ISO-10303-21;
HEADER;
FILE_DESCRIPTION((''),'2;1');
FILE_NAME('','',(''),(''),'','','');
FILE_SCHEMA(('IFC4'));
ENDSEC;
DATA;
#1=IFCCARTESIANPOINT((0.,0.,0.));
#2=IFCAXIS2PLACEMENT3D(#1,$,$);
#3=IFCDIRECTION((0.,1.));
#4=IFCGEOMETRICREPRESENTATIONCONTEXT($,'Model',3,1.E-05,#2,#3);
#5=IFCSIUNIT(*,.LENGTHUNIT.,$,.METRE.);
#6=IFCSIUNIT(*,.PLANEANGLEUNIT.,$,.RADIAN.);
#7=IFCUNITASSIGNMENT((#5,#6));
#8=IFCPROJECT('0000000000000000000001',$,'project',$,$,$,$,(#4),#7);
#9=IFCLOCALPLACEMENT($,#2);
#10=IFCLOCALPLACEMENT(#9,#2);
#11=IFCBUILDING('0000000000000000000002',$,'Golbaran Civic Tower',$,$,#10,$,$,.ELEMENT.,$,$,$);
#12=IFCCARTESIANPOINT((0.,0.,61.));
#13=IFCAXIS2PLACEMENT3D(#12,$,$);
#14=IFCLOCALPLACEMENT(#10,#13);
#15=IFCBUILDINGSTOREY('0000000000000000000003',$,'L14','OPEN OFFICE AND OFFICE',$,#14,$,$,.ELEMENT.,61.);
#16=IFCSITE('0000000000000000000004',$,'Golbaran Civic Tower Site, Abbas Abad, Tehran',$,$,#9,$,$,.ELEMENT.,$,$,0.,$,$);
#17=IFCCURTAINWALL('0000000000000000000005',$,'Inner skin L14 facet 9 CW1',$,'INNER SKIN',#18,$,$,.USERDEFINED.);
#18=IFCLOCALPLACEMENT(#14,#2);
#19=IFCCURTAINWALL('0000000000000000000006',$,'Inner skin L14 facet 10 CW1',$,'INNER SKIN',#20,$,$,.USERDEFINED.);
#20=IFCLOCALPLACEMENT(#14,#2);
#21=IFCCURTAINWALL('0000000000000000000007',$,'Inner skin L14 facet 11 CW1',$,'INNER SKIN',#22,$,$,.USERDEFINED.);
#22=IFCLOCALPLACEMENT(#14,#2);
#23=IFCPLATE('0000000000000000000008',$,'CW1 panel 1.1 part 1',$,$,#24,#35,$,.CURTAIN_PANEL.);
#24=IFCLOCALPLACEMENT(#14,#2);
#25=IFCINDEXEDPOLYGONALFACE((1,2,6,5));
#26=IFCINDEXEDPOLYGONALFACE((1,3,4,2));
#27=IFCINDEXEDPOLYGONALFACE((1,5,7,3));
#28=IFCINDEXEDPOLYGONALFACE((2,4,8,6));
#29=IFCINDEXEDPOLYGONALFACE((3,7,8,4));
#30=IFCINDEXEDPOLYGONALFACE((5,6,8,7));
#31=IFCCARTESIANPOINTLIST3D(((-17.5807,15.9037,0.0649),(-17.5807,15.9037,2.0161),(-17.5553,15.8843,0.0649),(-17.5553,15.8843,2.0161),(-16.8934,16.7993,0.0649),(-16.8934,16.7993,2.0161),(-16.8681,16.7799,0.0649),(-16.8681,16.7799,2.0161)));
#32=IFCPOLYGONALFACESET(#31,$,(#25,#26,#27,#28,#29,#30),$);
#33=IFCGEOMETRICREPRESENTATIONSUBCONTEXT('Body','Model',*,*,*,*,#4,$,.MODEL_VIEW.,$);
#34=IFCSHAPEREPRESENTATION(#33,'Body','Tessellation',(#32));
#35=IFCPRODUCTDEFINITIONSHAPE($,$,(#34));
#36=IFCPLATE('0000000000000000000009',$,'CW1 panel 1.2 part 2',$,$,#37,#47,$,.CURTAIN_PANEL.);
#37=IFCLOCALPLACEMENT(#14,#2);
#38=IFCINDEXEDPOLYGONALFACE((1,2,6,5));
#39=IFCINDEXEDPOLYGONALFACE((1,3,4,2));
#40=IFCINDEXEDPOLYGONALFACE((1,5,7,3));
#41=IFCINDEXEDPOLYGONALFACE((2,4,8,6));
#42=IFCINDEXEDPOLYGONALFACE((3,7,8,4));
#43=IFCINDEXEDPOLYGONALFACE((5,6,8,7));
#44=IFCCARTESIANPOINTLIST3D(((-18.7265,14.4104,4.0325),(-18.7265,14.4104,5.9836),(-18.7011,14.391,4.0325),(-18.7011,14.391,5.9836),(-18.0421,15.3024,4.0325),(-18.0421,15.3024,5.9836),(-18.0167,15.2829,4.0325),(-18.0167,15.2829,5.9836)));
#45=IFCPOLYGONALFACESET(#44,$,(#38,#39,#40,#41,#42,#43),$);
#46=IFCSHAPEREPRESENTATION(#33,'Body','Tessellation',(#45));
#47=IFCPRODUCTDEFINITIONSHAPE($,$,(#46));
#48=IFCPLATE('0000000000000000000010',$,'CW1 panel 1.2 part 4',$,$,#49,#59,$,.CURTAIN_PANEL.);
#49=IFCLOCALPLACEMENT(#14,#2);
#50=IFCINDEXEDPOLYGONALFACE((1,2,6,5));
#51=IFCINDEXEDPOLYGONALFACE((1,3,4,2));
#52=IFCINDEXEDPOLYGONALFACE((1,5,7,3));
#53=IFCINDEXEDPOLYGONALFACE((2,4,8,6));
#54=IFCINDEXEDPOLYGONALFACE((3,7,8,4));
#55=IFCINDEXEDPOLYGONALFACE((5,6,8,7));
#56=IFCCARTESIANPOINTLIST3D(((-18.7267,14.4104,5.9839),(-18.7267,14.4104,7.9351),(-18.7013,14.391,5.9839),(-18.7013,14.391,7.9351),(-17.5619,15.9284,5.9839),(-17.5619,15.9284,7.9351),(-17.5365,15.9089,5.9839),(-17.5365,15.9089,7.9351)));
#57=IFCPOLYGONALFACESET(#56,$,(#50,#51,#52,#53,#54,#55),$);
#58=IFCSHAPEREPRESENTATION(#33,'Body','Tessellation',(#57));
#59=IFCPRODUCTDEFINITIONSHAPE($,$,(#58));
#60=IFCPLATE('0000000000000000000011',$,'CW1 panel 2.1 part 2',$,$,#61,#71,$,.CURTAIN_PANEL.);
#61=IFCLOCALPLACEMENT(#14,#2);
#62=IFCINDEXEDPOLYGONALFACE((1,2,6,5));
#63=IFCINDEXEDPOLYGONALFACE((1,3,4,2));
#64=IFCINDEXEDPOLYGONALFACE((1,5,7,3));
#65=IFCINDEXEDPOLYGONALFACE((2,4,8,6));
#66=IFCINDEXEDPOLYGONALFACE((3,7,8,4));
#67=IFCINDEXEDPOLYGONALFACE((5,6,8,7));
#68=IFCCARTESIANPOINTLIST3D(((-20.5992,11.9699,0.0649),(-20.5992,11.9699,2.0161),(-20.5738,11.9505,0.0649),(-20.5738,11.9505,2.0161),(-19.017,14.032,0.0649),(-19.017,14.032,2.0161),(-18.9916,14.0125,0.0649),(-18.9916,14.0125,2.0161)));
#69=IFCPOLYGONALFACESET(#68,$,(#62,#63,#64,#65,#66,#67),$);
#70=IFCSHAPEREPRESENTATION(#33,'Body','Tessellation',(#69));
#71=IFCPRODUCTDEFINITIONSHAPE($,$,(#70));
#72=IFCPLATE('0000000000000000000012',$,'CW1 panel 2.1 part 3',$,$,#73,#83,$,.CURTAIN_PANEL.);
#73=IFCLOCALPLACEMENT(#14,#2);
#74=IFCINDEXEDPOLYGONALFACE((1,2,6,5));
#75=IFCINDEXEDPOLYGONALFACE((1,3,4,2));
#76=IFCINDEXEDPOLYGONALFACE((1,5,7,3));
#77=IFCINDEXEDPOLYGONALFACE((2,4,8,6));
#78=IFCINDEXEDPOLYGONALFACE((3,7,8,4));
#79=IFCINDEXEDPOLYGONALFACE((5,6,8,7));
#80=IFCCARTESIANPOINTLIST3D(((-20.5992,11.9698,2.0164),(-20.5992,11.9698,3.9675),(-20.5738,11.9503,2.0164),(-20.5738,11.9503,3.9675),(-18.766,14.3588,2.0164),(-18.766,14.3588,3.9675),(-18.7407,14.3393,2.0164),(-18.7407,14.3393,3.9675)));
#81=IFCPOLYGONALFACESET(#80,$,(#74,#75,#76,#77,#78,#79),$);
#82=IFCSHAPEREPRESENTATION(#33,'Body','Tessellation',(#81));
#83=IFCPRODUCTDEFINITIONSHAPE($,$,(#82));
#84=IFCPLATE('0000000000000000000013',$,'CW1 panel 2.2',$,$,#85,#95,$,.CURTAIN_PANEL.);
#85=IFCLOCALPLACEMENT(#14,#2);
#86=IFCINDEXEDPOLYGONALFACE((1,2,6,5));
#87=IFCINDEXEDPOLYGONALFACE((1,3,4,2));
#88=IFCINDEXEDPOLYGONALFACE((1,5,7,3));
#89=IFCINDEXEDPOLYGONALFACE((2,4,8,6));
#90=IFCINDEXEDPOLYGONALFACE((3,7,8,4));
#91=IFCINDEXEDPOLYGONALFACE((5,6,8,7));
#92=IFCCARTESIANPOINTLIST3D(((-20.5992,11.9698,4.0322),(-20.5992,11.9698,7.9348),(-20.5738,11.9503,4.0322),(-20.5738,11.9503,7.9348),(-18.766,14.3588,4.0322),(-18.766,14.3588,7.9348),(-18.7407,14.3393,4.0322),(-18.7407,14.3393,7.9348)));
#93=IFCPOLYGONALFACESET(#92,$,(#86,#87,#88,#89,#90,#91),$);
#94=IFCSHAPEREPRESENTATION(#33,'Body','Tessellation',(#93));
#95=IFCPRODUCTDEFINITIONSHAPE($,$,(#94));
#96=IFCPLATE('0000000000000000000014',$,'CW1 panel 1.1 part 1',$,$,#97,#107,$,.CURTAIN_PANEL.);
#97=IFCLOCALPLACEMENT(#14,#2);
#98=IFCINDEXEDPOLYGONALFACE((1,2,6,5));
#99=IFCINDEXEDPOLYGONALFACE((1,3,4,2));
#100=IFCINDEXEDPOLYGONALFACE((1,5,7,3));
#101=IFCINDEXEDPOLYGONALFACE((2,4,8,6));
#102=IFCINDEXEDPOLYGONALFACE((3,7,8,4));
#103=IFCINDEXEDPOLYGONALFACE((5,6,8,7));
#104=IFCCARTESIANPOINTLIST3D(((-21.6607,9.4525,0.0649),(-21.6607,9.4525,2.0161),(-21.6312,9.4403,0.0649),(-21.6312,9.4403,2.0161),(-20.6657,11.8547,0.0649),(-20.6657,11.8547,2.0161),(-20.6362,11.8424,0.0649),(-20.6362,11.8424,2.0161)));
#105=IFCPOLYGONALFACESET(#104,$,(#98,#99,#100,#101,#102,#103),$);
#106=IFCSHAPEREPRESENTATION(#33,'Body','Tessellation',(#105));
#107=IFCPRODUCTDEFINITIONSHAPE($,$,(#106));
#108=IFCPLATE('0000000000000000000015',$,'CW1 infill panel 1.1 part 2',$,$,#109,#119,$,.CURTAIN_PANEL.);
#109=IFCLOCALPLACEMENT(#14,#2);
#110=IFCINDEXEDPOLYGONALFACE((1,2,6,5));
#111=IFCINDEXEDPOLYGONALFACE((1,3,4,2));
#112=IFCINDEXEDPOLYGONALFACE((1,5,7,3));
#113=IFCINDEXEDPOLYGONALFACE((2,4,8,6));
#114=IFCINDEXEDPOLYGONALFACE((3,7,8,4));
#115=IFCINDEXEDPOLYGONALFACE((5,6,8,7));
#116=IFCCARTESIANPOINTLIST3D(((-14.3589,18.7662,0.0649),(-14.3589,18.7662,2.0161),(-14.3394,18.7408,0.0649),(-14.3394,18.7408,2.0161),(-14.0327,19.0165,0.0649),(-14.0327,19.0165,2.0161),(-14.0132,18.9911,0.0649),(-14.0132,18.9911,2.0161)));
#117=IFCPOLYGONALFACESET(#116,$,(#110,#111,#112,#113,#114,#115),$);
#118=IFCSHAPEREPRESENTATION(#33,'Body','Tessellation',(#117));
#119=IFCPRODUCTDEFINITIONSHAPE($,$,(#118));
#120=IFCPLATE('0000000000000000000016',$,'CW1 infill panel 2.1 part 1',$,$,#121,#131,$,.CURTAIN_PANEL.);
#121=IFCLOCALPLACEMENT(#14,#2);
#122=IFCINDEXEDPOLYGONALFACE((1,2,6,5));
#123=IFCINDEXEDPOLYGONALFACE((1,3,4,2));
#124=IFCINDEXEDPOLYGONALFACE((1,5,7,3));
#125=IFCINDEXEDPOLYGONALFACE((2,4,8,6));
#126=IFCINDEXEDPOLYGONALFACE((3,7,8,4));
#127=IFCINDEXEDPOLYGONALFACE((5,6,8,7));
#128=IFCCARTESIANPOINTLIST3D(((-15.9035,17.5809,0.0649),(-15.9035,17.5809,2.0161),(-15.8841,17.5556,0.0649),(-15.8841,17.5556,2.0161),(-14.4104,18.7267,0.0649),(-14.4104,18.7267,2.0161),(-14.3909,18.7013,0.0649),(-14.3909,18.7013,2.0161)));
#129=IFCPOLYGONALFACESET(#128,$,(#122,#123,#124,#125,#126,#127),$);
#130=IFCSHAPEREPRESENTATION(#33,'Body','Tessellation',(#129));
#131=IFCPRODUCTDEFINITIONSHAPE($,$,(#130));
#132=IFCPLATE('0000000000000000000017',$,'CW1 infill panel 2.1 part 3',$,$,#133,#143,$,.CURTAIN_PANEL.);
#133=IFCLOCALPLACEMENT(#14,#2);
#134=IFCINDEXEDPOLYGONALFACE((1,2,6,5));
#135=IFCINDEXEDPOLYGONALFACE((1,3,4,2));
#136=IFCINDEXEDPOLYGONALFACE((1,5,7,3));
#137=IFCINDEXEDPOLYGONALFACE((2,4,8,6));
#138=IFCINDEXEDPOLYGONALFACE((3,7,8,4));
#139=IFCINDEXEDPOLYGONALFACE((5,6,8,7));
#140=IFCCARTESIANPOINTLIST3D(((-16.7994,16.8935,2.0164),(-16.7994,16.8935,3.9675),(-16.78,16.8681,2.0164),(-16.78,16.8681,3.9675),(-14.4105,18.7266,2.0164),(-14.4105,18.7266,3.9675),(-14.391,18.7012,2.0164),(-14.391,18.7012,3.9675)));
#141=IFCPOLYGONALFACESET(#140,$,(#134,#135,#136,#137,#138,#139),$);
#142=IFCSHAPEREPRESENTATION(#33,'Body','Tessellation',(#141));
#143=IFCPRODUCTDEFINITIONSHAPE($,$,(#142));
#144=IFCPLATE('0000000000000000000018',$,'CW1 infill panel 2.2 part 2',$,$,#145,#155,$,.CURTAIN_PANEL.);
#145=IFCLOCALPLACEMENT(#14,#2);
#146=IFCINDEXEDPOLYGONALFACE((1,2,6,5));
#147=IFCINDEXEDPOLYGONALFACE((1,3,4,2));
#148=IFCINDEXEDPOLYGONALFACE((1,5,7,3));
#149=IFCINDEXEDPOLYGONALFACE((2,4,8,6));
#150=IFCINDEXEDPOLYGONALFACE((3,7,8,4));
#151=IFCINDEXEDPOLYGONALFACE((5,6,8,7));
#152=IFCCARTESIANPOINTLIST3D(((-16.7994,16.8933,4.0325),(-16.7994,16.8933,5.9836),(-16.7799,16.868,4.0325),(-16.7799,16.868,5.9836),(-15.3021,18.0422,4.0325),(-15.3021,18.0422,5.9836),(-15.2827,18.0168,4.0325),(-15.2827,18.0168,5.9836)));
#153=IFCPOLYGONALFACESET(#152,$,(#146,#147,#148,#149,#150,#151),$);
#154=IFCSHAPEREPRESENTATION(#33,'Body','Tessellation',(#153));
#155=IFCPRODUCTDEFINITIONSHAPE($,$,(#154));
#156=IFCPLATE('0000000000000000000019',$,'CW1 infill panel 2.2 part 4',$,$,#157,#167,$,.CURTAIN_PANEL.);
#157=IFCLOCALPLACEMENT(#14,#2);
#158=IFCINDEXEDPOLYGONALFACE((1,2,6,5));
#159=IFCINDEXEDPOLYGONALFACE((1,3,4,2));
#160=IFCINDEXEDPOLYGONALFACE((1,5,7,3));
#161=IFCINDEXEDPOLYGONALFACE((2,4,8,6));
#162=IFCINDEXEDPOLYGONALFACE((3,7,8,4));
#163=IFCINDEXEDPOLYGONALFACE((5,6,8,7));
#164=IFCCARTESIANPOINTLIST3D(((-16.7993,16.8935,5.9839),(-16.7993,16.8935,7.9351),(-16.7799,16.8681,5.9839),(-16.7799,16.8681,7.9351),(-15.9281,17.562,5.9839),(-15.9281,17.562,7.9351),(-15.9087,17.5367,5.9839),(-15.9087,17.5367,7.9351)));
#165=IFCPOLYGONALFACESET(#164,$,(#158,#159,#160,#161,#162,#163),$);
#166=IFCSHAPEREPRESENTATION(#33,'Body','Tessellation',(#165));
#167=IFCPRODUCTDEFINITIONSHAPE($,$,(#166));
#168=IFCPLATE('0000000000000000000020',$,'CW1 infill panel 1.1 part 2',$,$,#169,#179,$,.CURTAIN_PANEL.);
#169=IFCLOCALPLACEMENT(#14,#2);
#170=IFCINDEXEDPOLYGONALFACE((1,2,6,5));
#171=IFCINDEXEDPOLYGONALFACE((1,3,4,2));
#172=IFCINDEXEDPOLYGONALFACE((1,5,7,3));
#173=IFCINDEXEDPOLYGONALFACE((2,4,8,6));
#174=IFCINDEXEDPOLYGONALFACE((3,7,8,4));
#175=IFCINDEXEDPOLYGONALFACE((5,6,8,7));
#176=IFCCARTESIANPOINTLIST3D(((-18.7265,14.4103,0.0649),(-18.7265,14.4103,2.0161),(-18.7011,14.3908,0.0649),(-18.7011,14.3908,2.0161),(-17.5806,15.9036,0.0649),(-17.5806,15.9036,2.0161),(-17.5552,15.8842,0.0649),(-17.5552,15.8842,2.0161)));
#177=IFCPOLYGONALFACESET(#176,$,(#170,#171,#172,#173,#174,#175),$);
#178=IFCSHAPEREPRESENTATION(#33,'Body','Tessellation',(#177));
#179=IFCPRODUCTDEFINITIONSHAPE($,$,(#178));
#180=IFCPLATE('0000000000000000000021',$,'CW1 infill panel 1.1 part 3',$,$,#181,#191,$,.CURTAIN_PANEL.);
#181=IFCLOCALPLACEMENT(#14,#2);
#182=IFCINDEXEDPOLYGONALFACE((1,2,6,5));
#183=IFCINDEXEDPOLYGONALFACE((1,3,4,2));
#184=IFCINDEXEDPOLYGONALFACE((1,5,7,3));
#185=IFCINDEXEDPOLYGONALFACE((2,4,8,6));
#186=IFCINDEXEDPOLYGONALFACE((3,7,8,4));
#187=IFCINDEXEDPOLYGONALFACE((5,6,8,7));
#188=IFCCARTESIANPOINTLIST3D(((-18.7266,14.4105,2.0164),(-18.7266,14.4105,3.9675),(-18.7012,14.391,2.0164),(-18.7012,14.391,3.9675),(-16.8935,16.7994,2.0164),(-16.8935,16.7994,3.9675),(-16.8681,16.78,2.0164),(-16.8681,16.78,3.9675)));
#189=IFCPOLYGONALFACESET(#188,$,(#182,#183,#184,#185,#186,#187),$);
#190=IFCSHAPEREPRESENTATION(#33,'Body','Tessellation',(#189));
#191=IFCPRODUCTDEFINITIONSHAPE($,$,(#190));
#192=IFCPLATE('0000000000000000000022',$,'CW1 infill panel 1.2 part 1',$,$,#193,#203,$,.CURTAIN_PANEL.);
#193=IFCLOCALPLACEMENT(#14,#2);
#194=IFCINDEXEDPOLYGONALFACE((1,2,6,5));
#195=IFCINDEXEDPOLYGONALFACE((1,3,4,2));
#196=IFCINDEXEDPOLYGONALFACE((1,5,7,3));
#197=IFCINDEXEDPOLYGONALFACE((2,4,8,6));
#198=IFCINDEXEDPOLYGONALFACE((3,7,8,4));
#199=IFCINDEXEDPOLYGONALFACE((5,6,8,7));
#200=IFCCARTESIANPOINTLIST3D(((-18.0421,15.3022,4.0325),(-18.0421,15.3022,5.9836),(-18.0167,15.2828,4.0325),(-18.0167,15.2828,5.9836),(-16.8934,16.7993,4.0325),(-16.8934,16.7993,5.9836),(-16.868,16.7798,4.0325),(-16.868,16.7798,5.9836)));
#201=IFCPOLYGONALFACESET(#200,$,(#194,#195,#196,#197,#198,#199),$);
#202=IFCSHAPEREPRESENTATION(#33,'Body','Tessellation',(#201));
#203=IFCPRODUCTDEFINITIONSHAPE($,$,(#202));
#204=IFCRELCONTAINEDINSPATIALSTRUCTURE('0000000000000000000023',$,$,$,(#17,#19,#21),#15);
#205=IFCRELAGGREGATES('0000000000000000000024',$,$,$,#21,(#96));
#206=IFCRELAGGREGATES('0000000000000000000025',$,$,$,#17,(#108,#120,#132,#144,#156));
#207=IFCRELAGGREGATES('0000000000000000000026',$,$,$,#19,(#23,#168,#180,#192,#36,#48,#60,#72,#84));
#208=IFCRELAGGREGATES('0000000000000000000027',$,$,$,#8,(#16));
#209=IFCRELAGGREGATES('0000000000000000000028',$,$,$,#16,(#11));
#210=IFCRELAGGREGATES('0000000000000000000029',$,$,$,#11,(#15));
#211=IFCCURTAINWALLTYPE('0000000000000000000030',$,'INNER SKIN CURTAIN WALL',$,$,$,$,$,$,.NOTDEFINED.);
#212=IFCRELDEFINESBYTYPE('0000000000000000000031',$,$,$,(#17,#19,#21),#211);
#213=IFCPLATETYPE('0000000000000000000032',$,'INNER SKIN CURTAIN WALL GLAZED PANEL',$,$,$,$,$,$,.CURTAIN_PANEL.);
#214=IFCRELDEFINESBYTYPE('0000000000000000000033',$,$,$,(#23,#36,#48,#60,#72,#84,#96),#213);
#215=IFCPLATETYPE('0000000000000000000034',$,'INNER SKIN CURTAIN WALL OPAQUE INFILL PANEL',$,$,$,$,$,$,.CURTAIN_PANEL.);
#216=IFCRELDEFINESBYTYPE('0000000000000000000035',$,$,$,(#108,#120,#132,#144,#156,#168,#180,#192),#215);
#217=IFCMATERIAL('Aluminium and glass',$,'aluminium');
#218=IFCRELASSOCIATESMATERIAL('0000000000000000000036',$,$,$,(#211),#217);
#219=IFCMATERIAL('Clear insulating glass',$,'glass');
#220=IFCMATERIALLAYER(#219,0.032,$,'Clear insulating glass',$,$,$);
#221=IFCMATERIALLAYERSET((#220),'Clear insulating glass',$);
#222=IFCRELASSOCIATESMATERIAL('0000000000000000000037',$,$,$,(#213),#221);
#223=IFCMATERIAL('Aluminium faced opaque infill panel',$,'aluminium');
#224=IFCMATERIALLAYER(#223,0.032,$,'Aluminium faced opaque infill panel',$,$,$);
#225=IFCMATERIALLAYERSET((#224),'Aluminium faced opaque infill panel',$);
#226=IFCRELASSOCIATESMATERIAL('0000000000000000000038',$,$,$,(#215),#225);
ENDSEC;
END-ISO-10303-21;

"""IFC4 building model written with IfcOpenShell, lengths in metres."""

from ifc_helpers import new_model, si_unit, direction, frame, origin, origin_2d, place, context, subcontext, project, spatial, rectangle, extrude, material, layer, layer_set, type_object, element, aggregate, save


model = new_model("IFC4")

# Units and contexts
model_context = context("Model", 3, precision=1e-05, world=origin(), true_north=direction((0.0, 1.0)))
body_context = subcontext(model_context, "Body", "Model", "MODEL_VIEW")
ifc_project = project(units=[si_unit("LENGTHUNIT", "METRE"), si_unit("PLANEANGLEUNIT", "RADIAN")], contexts=[model_context])

# Site, building, storey
site_placement = place(None, origin())
site = spatial("IfcSite", under=ifc_project, at=site_placement, Name="Golbaran Civic Tower Site, Abbas Abad, Tehran", CompositionType="ELEMENT", RefElevation=0.0)
building_placement = place(site_placement, origin())
building = spatial("IfcBuilding", under=site, at=building_placement, Name="Golbaran Civic Tower", CompositionType="ELEMENT")
storey_placement = place(building_placement, frame((0.0, 0.0, 61.0)))
storey = spatial("IfcBuildingStorey", under=building, at=storey_placement, Name="L14", Description="OPEN OFFICE AND OFFICE", CompositionType="ELEMENT", Elevation=61.0)

# Curtain walls
ifc_material_1 = material(Name="Aluminium and glass", Category="aluminium")
curtain_wall_type = type_object("IfcCurtainWallType", Name="INNER SKIN CURTAIN WALL", PredefinedType="NOTDEFINED", material=ifc_material_1)
curtain_wall_1_placement = place(storey_placement, origin())
curtain_wall_1 = element("IfcCurtainWall", 1, at=curtain_wall_1_placement, inside=storey, type_object=curtain_wall_type, Name="Inner skin L14 facet 9 CW1", ObjectType="INNER SKIN", PredefinedType="USERDEFINED")
curtain_wall_2_placement = place(storey_placement, origin())
curtain_wall_2 = element("IfcCurtainWall", 2, at=curtain_wall_2_placement, inside=storey, type_object=curtain_wall_type, Name="Inner skin L14 facet 10 CW1", ObjectType="INNER SKIN", PredefinedType="USERDEFINED")

# Curtain wall
curtain_wall_3_placement = place(storey_placement, origin())
curtain_wall_3 = element("IfcCurtainWall", 3, at=curtain_wall_3_placement, inside=storey, type_object=curtain_wall_type, Name="Inner skin L14 facet 11 CW1", ObjectType="INNER SKIN", PredefinedType="USERDEFINED")

# Plates
ifc_material_2 = material(Name="Clear insulating glass", Category="glass")
ifc_layer_1 = layer(ifc_material_2, 0.032, Name="Clear insulating glass")
ifc_layer_set_1 = layer_set([ifc_layer_1], Name="Clear insulating glass")
plate_type_1 = type_object("IfcPlateType", Name="INNER SKIN CURTAIN WALL GLAZED PANEL", PredefinedType="CURTAIN_PANEL", material=ifc_layer_set_1)
plate_1_placement = place(storey_placement, frame((-17.2244, 16.3418, 0.0649), z_axis=(0.0, 0.0, 1.0), x_axis=(-0.608761, -0.793353, 0.0)))
plate_1 = element("IfcPlate", 4, at=plate_1_placement, type_object=plate_type_1, Name="CW1 panel 1.1 part 1", PredefinedType="CURTAIN_PANEL", context=body_context, shape_type="SweptSolid", body=[
    extrude(rectangle(XDim=1.1289, YDim=0.032, at=origin_2d()), origin(), (0.0, 0.0, 1.0), 1.9512),
])
plate_2_placement = place(storey_placement, frame((-18.3716, 14.8467, 4.0325), z_axis=(0.0, 0.0, 1.0), x_axis=(-0.608761, -0.793353, 0.0)))
plate_2 = element("IfcPlate", 5, at=plate_2_placement, type_object=plate_type_1, Name="CW1 panel 1.2 part 2", PredefinedType="CURTAIN_PANEL", context=body_context, shape_type="SweptSolid", body=[
    extrude(rectangle(XDim=1.1243, YDim=0.032, at=origin_2d()), origin(), (0.0, 0.0, 1.0), 1.9512),
])
plate_3_placement = place(storey_placement, frame((-18.1316, 15.1597, 5.9839), z_axis=(0.0, 0.0, 1.0), x_axis=(-0.608761, -0.793353, 0.0)))
plate_3 = element("IfcPlate", 6, at=plate_3_placement, type_object=plate_type_1, Name="CW1 panel 1.2 part 4", PredefinedType="CURTAIN_PANEL", context=body_context, shape_type="SweptSolid", body=[
    extrude(rectangle(XDim=1.9133, YDim=0.032, at=origin_2d()), origin(), (0.0, 0.0, 1.0), 1.9512),
])
plate_4_placement = place(storey_placement, frame((-19.7954, 12.9912, 0.0649), z_axis=(0.0, 0.0, 1.0), x_axis=(-0.608761, -0.793353, 0.0)))
plate_4 = element("IfcPlate", 7, at=plate_4_placement, type_object=plate_type_1, Name="CW1 panel 2.1 part 2", PredefinedType="CURTAIN_PANEL", context=body_context, shape_type="SweptSolid", body=[
    extrude(rectangle(XDim=2.5991, YDim=0.032, at=origin_2d()), origin(), (0.0, 0.0, 1.0), 1.9512),
])
plate_5_placement = place(storey_placement, frame((-19.6699, 13.1545, 2.0164), z_axis=(0.0, 0.0, 1.0), x_axis=(-0.608761, -0.793353, 0.0)))
plate_5 = element("IfcPlate", 8, at=plate_5_placement, type_object=plate_type_1, Name="CW1 panel 2.1 part 3", PredefinedType="CURTAIN_PANEL", context=body_context, shape_type="SweptSolid", body=[
    extrude(rectangle(XDim=3.0112, YDim=0.032, at=origin_2d()), origin(), (0.0, 0.0, 1.0), 1.9512),
])
plate_6_placement = place(storey_placement, frame((-19.6699, 13.1545, 4.0322), z_axis=(0.0, 0.0, 1.0), x_axis=(-0.608761, -0.793353, 0.0)))
plate_6 = element("IfcPlate", 9, at=plate_6_placement, type_object=plate_type_1, Name="CW1 panel 2.2", PredefinedType="CURTAIN_PANEL", context=body_context, shape_type="SweptSolid", body=[
    extrude(rectangle(XDim=3.0112, YDim=0.032, at=origin_2d()), origin(), (0.0, 0.0, 1.0), 3.9026),
])
plate_7_placement = place(storey_placement, frame((-21.1484, 10.6475, 0.0649), z_axis=(0.0, 0.0, 1.0), x_axis=(-0.382683, -0.92388, 0.0)))
plate_7 = element("IfcPlate", 10, at=plate_7_placement, type_object=plate_type_1, Name="CW1 panel 1.1 part 1", PredefinedType="CURTAIN_PANEL", context=body_context, shape_type="SweptSolid", body=[
    extrude(rectangle(XDim=2.6001, YDim=0.032, at=origin_2d()), origin(), (0.0, 0.0, 1.0), 1.9512),
])
aggregate(curtain_wall_3, [plate_7])
ifc_material_3 = material(Name="Aluminium faced opaque infill panel", Category="aluminium")
ifc_layer_2 = layer(ifc_material_3, 0.032, Name="Aluminium faced opaque infill panel")
ifc_layer_set_2 = layer_set([ifc_layer_2], Name="Aluminium faced opaque infill panel")
plate_type_2 = type_object("IfcPlateType", Name="INNER SKIN CURTAIN WALL OPAQUE INFILL PANEL", PredefinedType="CURTAIN_PANEL", material=ifc_layer_set_2)
plate_8_placement = place(storey_placement, frame((-14.186, 18.8787, 0.0649), z_axis=(0.0, 0.0, 1.0), x_axis=(-0.793353, -0.608761, 0.0)))
plate_8 = element("IfcPlate", 11, at=plate_8_placement, type_object=plate_type_2, Name="CW1 infill panel 1.1 part 2", PredefinedType="CURTAIN_PANEL", context=body_context, shape_type="SweptSolid", body=[
    extrude(rectangle(XDim=0.4111, YDim=0.032, at=origin_2d()), origin(), (0.0, 0.0, 1.0), 1.9512),
])
plate_9_placement = place(storey_placement, frame((-15.1472, 18.1411, 0.0649), z_axis=(0.0, 0.0, 1.0), x_axis=(-0.793353, -0.608761, 0.0)))
plate_9 = element("IfcPlate", 12, at=plate_9_placement, type_object=plate_type_2, Name="CW1 infill panel 2.1 part 1", PredefinedType="CURTAIN_PANEL", context=body_context, shape_type="SweptSolid", body=[
    extrude(rectangle(XDim=1.8821, YDim=0.032, at=origin_2d()), origin(), (0.0, 0.0, 1.0), 1.9512),
])
plate_10_placement = place(storey_placement, frame((-15.5952, 17.7974, 2.0164), z_axis=(0.0, 0.0, 1.0), x_axis=(-0.793353, -0.608761, 0.0)))
plate_10 = element("IfcPlate", 13, at=plate_10_placement, type_object=plate_type_2, Name="CW1 infill panel 2.1 part 3", PredefinedType="CURTAIN_PANEL", context=body_context, shape_type="SweptSolid", body=[
    extrude(rectangle(XDim=3.0112, YDim=0.032, at=origin_2d()), origin(), (0.0, 0.0, 1.0), 1.9512),
])
plate_11_placement = place(storey_placement, frame((-16.041, 17.4551, 4.0325), z_axis=(0.0, 0.0, 1.0), x_axis=(-0.793353, -0.608761, 0.0)))
plate_11 = element("IfcPlate", 14, at=plate_11_placement, type_object=plate_type_2, Name="CW1 infill panel 2.2 part 2", PredefinedType="CURTAIN_PANEL", context=body_context, shape_type="SweptSolid", body=[
    extrude(rectangle(XDim=1.8872, YDim=0.032, at=origin_2d()), origin(), (0.0, 0.0, 1.0), 1.9512),
])
plate_12_placement = place(storey_placement, frame((-16.354, 17.2151, 5.9839), z_axis=(0.0, 0.0, 1.0), x_axis=(-0.793353, -0.608761, 0.0)))
plate_12 = element("IfcPlate", 15, at=plate_12_placement, type_object=plate_type_2, Name="CW1 infill panel 2.2 part 4", PredefinedType="CURTAIN_PANEL", context=body_context, shape_type="SweptSolid", body=[
    extrude(rectangle(XDim=1.0981, YDim=0.032, at=origin_2d()), origin(), (0.0, 0.0, 1.0), 1.9512),
])
aggregate(curtain_wall_1, [plate_8, plate_9, plate_10, plate_11, plate_12])
plate_13_placement = place(storey_placement, frame((-18.1409, 15.1472, 0.0649), z_axis=(0.0, 0.0, 1.0), x_axis=(-0.608761, -0.793353, 0.0)))
plate_13 = element("IfcPlate", 16, at=plate_13_placement, type_object=plate_type_2, Name="CW1 infill panel 1.1 part 2", PredefinedType="CURTAIN_PANEL", context=body_context, shape_type="SweptSolid", body=[
    extrude(rectangle(XDim=1.8823, YDim=0.032, at=origin_2d()), origin(), (0.0, 0.0, 1.0), 1.9512),
])
plate_14_placement = place(storey_placement, frame((-17.7974, 15.5952, 2.0164), z_axis=(0.0, 0.0, 1.0), x_axis=(-0.608761, -0.793353, 0.0)))
plate_14 = element("IfcPlate", 17, at=plate_14_placement, type_object=plate_type_2, Name="CW1 infill panel 1.1 part 3", PredefinedType="CURTAIN_PANEL", context=body_context, shape_type="SweptSolid", body=[
    extrude(rectangle(XDim=3.0112, YDim=0.032, at=origin_2d()), origin(), (0.0, 0.0, 1.0), 1.9512),
])
plate_15_placement = place(storey_placement, frame((-17.4551, 16.041, 4.0325), z_axis=(0.0, 0.0, 1.0), x_axis=(-0.608761, -0.793353, 0.0)))
plate_15 = element("IfcPlate", 18, at=plate_15_placement, type_object=plate_type_2, Name="CW1 infill panel 1.2 part 1", PredefinedType="CURTAIN_PANEL", context=body_context, shape_type="SweptSolid", body=[
    extrude(rectangle(XDim=1.887, YDim=0.032, at=origin_2d()), origin(), (0.0, 0.0, 1.0), 1.9512),
])
aggregate(curtain_wall_2, [plate_1, plate_13, plate_14, plate_15, plate_2, plate_3, plate_4, plate_5, plate_6])

save(model, "model.ifc")
